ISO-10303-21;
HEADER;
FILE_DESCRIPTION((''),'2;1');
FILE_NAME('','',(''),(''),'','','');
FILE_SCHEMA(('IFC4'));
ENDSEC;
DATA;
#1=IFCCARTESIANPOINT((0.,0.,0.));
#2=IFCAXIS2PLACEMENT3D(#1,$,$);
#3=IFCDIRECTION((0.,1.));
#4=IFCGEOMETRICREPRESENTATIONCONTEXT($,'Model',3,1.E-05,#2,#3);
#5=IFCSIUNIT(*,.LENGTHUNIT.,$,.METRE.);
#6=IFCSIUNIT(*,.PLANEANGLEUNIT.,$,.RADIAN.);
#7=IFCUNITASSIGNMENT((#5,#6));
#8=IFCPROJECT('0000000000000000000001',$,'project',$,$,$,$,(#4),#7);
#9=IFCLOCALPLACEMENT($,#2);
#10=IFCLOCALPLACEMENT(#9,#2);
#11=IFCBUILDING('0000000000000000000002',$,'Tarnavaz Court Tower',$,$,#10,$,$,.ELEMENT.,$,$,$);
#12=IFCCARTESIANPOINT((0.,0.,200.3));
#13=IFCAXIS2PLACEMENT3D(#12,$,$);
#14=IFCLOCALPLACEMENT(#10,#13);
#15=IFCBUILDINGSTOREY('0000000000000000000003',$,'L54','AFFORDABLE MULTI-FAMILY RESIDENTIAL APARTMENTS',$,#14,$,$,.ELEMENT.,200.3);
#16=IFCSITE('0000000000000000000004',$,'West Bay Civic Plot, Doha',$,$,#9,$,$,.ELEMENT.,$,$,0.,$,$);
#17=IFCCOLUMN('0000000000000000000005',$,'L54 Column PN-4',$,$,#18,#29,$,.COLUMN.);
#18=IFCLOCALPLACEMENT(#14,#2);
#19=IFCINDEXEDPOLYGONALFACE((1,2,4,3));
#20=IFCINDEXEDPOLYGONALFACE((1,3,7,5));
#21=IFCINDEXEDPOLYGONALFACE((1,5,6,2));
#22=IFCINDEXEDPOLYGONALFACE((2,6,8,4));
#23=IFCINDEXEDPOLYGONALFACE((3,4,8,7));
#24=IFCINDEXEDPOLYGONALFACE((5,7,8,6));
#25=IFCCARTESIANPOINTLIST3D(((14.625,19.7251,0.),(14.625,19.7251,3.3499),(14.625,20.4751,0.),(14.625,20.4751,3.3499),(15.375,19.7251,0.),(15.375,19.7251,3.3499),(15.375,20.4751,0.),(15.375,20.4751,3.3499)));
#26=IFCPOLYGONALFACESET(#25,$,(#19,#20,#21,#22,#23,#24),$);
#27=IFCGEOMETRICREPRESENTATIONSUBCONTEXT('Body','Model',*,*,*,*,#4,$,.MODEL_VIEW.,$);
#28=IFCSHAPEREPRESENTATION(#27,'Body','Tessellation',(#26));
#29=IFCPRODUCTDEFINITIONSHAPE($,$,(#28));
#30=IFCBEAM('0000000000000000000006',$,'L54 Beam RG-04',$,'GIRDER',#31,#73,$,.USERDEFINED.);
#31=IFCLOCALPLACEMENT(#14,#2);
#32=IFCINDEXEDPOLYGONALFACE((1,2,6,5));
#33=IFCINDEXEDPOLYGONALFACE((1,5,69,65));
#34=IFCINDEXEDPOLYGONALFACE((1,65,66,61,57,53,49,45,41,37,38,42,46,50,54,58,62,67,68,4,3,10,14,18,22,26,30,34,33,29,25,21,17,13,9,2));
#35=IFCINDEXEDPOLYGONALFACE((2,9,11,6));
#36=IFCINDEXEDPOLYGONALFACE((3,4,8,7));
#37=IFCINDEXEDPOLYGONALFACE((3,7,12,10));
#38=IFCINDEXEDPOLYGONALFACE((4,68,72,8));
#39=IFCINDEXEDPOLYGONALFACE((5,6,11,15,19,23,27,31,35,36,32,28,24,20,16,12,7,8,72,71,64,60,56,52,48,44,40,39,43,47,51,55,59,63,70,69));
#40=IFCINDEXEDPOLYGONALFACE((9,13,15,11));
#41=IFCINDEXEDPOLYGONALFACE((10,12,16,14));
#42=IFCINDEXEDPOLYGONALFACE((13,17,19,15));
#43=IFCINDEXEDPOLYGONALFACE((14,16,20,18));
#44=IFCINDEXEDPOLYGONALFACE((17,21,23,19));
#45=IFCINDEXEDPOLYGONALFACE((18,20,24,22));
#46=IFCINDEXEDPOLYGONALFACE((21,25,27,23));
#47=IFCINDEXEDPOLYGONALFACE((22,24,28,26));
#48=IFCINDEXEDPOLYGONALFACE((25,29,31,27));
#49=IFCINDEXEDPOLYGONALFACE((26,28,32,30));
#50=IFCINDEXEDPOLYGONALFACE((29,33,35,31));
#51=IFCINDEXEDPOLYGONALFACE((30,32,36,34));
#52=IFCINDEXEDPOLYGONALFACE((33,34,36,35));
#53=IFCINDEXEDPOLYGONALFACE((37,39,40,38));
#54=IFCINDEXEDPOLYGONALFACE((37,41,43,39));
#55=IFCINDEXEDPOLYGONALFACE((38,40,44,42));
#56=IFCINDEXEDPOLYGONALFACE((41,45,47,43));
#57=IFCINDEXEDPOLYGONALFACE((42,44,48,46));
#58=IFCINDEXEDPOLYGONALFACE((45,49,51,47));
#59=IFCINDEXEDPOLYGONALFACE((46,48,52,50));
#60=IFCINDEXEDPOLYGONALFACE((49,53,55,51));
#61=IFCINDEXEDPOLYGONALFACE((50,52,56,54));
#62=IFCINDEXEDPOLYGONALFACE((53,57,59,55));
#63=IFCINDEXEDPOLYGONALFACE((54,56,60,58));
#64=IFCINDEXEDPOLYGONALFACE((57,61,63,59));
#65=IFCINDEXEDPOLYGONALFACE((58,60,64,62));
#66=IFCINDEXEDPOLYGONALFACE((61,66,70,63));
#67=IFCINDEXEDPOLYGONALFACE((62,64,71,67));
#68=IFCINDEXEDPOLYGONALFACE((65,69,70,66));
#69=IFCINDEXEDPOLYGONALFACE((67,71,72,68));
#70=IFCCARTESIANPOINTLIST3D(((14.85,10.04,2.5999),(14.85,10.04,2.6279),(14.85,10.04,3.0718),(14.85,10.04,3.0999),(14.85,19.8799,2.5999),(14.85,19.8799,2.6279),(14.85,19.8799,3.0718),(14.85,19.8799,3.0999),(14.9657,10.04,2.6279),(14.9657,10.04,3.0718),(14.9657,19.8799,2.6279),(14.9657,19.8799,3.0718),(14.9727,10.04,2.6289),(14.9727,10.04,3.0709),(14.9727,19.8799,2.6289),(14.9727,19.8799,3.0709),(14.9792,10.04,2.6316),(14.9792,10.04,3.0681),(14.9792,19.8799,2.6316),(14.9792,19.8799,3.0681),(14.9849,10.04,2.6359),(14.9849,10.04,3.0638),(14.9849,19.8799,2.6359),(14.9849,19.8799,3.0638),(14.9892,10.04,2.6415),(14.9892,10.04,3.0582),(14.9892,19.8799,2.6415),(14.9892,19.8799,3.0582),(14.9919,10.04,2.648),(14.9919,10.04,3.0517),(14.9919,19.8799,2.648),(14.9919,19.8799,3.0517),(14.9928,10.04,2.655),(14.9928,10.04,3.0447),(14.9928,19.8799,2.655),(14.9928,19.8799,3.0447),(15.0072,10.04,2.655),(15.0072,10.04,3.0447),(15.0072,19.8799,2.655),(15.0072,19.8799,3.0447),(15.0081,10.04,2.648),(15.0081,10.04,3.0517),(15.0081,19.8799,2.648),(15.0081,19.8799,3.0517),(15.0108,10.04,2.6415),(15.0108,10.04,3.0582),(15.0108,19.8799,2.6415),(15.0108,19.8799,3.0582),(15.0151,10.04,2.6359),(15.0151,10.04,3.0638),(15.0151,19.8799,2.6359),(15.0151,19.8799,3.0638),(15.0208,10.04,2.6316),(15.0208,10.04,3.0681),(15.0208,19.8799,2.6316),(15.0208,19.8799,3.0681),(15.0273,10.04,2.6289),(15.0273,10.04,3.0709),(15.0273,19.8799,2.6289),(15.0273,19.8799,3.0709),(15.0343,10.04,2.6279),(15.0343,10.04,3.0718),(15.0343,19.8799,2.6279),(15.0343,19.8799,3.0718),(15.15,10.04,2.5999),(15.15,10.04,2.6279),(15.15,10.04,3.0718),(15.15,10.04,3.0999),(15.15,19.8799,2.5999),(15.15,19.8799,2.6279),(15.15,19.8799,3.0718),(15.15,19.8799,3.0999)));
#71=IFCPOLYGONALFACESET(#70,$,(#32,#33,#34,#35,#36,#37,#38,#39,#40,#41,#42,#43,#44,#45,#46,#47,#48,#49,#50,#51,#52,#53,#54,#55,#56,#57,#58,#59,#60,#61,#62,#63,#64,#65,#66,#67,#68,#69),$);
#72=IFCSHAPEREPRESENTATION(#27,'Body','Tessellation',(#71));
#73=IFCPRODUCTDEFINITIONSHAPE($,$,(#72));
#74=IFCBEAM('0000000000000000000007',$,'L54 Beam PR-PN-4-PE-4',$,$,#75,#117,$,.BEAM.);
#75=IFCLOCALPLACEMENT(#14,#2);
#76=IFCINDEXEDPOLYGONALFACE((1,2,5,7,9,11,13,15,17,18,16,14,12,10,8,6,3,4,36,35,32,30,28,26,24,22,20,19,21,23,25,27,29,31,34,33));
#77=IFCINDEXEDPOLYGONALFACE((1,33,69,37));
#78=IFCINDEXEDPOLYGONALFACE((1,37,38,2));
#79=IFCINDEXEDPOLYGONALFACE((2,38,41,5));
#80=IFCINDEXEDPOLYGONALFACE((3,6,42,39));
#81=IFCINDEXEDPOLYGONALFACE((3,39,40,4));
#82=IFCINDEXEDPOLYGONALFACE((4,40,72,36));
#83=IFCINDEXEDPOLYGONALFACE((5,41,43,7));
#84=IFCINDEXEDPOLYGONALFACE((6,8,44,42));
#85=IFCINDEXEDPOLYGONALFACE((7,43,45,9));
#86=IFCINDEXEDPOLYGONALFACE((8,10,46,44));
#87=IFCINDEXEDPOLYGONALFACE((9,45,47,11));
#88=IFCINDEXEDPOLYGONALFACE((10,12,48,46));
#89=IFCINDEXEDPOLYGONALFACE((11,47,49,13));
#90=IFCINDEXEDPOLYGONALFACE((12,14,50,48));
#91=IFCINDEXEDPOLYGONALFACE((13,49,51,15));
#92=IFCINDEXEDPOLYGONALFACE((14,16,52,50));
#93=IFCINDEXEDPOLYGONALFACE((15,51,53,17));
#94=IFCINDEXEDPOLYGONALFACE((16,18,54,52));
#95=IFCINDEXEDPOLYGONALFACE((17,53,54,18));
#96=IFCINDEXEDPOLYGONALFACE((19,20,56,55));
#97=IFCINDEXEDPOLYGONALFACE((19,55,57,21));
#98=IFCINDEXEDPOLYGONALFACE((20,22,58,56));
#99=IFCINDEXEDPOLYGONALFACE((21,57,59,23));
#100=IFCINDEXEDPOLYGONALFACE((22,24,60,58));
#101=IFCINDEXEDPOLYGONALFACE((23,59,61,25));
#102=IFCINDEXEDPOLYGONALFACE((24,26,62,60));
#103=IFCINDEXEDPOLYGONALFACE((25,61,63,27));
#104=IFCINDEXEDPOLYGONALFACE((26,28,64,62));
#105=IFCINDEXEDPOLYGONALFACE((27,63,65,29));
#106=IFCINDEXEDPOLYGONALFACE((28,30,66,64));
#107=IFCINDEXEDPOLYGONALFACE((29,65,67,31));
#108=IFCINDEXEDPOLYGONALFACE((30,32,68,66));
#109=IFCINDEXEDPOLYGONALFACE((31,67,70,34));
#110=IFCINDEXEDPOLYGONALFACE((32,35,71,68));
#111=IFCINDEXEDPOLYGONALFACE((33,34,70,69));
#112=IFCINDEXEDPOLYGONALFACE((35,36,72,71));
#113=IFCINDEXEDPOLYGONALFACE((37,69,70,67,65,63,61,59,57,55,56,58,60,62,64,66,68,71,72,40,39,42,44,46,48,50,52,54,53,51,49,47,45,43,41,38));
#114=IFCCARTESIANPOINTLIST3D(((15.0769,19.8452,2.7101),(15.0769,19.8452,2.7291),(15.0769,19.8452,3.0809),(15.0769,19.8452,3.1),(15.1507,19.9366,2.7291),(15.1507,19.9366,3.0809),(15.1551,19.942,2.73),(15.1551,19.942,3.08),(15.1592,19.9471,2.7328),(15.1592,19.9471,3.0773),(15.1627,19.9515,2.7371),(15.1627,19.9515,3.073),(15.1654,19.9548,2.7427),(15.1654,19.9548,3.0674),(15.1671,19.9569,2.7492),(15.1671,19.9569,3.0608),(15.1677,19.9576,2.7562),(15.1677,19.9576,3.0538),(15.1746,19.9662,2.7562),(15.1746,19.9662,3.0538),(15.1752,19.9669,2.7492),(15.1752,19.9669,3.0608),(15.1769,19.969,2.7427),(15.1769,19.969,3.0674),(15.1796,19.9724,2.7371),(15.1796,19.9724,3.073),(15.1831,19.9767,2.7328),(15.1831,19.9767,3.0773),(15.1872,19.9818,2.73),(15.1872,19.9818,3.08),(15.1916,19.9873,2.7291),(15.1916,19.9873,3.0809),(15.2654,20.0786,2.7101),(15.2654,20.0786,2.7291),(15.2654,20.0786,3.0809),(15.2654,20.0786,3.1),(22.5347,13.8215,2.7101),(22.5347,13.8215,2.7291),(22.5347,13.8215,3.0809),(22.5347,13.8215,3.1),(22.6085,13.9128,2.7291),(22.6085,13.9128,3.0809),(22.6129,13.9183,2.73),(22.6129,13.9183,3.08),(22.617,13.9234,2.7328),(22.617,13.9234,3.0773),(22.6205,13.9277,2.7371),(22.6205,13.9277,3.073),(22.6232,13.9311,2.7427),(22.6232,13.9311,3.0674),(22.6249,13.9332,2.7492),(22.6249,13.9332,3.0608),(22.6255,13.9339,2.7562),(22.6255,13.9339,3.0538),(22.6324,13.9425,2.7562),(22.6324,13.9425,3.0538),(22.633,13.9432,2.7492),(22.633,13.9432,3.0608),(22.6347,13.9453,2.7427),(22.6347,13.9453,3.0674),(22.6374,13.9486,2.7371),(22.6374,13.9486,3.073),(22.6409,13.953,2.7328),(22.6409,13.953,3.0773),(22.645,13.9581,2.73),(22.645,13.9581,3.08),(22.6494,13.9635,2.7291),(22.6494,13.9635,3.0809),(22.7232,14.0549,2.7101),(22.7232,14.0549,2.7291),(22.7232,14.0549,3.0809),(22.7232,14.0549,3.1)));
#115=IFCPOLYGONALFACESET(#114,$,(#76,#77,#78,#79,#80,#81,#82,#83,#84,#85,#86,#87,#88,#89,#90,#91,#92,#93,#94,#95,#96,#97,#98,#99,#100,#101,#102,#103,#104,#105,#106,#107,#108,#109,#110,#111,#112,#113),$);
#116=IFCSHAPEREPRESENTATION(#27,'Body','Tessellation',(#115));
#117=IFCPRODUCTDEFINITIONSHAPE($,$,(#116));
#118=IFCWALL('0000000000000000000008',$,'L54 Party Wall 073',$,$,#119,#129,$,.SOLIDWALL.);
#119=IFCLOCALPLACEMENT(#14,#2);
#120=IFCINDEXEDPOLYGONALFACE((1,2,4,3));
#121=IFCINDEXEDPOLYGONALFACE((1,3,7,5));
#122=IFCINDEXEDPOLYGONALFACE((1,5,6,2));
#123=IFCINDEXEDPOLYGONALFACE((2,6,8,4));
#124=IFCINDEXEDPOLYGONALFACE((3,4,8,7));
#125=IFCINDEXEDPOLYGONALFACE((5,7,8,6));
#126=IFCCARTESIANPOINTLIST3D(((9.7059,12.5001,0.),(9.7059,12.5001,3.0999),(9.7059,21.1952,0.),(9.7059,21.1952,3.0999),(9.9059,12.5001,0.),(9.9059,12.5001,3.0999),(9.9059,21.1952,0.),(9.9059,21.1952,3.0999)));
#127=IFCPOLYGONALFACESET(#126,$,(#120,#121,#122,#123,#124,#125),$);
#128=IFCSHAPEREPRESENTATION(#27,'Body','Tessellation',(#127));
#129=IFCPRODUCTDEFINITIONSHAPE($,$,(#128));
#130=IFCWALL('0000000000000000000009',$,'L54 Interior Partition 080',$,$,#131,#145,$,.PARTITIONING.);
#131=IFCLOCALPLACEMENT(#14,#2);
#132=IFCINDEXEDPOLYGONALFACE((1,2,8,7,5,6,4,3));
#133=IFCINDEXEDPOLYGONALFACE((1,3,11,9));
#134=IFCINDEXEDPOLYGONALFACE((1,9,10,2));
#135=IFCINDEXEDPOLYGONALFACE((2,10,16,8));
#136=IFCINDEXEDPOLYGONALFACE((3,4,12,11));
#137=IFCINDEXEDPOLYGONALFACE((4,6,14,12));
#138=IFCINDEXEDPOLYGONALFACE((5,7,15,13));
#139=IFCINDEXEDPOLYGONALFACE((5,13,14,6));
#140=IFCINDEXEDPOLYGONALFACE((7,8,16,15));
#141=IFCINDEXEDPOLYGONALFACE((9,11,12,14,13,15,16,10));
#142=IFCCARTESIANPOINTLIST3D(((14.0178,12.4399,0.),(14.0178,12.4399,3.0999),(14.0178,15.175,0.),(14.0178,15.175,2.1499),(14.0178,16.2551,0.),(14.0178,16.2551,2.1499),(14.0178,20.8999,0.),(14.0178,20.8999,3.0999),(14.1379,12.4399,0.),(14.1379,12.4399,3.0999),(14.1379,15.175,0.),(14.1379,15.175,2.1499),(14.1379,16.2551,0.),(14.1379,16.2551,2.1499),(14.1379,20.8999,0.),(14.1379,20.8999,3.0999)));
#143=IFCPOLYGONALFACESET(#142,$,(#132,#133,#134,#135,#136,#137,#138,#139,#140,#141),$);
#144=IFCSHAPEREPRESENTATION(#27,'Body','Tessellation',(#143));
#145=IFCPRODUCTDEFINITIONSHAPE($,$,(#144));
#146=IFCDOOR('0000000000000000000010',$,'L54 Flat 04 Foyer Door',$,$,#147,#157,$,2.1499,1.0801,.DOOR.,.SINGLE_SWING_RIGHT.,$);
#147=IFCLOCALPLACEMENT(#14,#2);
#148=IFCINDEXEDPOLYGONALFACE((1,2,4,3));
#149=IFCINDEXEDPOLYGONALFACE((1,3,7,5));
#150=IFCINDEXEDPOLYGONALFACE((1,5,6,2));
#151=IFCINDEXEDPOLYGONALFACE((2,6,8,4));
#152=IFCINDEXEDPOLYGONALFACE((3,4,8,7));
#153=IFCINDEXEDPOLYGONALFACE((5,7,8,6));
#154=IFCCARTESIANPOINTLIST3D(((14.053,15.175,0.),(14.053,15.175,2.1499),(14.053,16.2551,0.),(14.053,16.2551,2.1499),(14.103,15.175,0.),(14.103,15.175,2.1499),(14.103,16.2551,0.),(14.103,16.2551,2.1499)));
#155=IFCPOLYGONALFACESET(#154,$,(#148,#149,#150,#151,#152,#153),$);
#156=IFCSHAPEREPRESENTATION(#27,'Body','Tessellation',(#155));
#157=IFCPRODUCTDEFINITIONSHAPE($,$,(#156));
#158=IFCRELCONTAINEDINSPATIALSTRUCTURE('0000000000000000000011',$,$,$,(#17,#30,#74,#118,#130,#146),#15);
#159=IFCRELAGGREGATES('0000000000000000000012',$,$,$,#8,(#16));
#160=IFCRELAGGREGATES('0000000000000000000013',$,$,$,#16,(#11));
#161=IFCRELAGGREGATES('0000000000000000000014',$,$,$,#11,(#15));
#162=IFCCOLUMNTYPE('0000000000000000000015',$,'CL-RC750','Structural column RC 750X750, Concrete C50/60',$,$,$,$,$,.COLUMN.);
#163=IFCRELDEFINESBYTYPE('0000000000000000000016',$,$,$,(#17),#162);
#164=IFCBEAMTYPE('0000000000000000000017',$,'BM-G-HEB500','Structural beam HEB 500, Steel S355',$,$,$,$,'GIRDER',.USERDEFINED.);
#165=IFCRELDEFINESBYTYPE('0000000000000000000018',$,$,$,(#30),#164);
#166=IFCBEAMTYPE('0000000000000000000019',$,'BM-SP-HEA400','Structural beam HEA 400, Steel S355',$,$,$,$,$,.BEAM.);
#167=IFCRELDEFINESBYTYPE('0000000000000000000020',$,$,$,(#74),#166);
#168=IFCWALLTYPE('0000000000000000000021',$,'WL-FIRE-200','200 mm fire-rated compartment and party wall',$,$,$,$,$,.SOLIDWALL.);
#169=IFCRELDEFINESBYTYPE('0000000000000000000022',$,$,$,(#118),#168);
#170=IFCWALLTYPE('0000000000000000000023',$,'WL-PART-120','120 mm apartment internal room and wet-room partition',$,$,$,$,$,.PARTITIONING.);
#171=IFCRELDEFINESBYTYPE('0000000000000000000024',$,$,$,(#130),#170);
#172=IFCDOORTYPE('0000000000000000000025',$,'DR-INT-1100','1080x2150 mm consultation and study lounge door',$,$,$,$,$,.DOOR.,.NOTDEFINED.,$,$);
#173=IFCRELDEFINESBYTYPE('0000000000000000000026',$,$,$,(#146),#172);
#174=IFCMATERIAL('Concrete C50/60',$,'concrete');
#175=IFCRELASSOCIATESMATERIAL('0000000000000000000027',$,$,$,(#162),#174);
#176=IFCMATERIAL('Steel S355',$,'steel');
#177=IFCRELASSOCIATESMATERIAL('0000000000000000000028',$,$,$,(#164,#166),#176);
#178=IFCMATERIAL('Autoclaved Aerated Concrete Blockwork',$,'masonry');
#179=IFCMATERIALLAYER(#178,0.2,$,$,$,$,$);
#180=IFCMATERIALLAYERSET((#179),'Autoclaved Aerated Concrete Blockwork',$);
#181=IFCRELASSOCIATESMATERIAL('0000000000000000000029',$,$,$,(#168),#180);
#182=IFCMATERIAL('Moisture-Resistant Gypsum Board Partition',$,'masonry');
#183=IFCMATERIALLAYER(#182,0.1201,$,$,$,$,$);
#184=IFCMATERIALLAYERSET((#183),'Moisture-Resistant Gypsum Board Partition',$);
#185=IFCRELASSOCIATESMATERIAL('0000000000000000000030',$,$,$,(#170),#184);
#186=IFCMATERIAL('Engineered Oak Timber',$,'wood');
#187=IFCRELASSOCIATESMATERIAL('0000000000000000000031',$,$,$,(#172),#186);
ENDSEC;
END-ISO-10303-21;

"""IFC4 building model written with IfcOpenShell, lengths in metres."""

from ifc_helpers import new_model, si_unit, direction, frame, frame_2d, origin, origin_2d, place, context, subcontext, project, spatial, rectangle, i_section, extrude, material, layer, layer_set, material_profile, profile_set, type_object, element, fill, save


model = new_model("IFC4")

# Units and contexts
model_context = context("Model", 3, precision=1e-05, world=origin(), true_north=direction((0.0, 1.0)))
body_context = subcontext(model_context, "Body", "Model", "MODEL_VIEW")
ifc_project = project(units=[si_unit("LENGTHUNIT", "METRE"), si_unit("PLANEANGLEUNIT", "RADIAN")], contexts=[model_context])

# Site, building, storey
site_placement = place(None, origin())
site = spatial("IfcSite", under=ifc_project, at=site_placement, Name="West Bay Civic Plot, Doha", CompositionType="ELEMENT", RefElevation=0.0)
building_placement = place(site_placement, origin())
building = spatial("IfcBuilding", under=site, at=building_placement, Name="Tarnavaz Court Tower", CompositionType="ELEMENT")
storey_placement = place(building_placement, frame((0.0, 0.0, 200.3)))
storey = spatial("IfcBuildingStorey", under=building, at=storey_placement, Name="L54", Description="AFFORDABLE MULTI-FAMILY RESIDENTIAL APARTMENTS", CompositionType="ELEMENT", Elevation=200.3)

# Column
ifc_material_1 = material(Name="Concrete C50/60", Category="concrete")
ifc_material_profile_1 = material_profile(ifc_material_1, rectangle(XDim=0.75, YDim=0.75, at=origin_2d()), Name="RC 750X750")
ifc_profile_set_1 = profile_set([ifc_material_profile_1], Name="Concrete C50/60")
column_type = type_object("IfcColumnType", Name="CL-RC750", Description="Structural column RC 750X750, Concrete C50/60", PredefinedType="COLUMN", material=ifc_profile_set_1)
column_placement = place(storey_placement, frame((15.0, 20.1001, 0.0), z_axis=(0.0, 0.0, 1.0), x_axis=(1.0, 0.0, 0.0)))
element("IfcColumn", 1, at=column_placement, inside=storey, type_object=column_type, Name="L54 Column PN-4", PredefinedType="COLUMN", context=body_context, shape_type="SweptSolid", body=[
    extrude(rectangle(XDim=0.75, YDim=0.75, at=origin_2d()), origin(), (0.0, 0.0, 1.0), 3.3499),
])

# Beams
ifc_material_2 = material(Name="Steel S355", Category="steel")
ifc_material_profile_2 = material_profile(ifc_material_2, i_section(OverallWidth=0.3, OverallDepth=0.5, WebThickness=0.0144, FlangeThickness=0.0281, FilletRadius=0.0271, at=origin_2d()), Name="HEB 500")
ifc_profile_set_2 = profile_set([ifc_material_profile_2], Name="Steel S355")
beam_type_1 = type_object("IfcBeamType", Name="BM-G-HEB500", Description="Structural beam HEB 500, Steel S355", ElementType="GIRDER", PredefinedType="USERDEFINED", material=ifc_profile_set_2)
beam_1_placement = place(storey_placement, frame((15.0, 10.04, 2.8499), z_axis=(0.0, 1.0, 0.0), x_axis=(-1.0, 0.0, 0.0)))
element("IfcBeam", 2, at=beam_1_placement, inside=storey, type_object=beam_type_1, Name="L54 Beam RG-04", ObjectType="GIRDER", PredefinedType="USERDEFINED", context=body_context, shape_type="SweptSolid", body=[
    extrude(i_section(OverallWidth=0.3, OverallDepth=0.5, WebThickness=0.0144, FlangeThickness=0.0281, FilletRadius=0.0271, at=origin_2d()), origin(), (0.0, 0.0, 1.0), 9.8398),
])
ifc_material_profile_3 = material_profile(ifc_material_2, i_section(OverallWidth=0.3, OverallDepth=0.3899, WebThickness=0.011, FlangeThickness=0.019, FilletRadius=0.0271, at=origin_2d()), Name="HEA 400")
ifc_profile_set_3 = profile_set([ifc_material_profile_3], Name="Steel S355")
beam_type_2 = type_object("IfcBeamType", Name="BM-SP-HEA400", Description="Structural beam HEA 400, Steel S355", PredefinedType="BEAM", material=ifc_profile_set_3)
beam_2_placement = place(storey_placement, frame((15.1711, 19.9619, 2.905), z_axis=(0.777936, -0.628344, 0.0), x_axis=(0.628344, 0.777936, 0.0)))
element("IfcBeam", 3, at=beam_2_placement, inside=storey, type_object=beam_type_2, Name="L54 Beam PR-PN-4-PE-4", PredefinedType="BEAM", context=body_context, shape_type="SweptSolid", body=[
    extrude(i_section(OverallWidth=0.3, OverallDepth=0.3899, WebThickness=0.011, FlangeThickness=0.019, FilletRadius=0.0271, at=origin_2d()), origin(), (0.0, 0.0, 1.0), 9.5867),
])

# Wall
ifc_material_3 = material(Name="Autoclaved Aerated Concrete Blockwork", Category="masonry")
ifc_layer_1 = layer(ifc_material_3, 0.2)
ifc_layer_set_1 = layer_set([ifc_layer_1], Name="Autoclaved Aerated Concrete Blockwork")
wall_type_1 = type_object("IfcWallType", Name="WL-FIRE-200", Description="200 mm fire-rated compartment and party wall", PredefinedType="SOLIDWALL", material=ifc_layer_set_1)
wall_1_placement = place(storey_placement, frame((9.8059, 12.5, 0.0), z_axis=(0.0, 0.0, 1.0), x_axis=(0.0, 1.0, 0.0)))
element("IfcWall", 4, at=wall_1_placement, inside=storey, type_object=wall_type_1, Name="L54 Party Wall 073", PredefinedType="SOLIDWALL", context=body_context, shape_type="SweptSolid", body=[
    extrude(rectangle(XDim=8.6951, YDim=0.2, at=frame_2d((4.3477, 0.0))), origin(), (0.0, 0.0, 1.0), 3.0999),
])

# Wall, opening, door
ifc_material_4 = material(Name="Moisture-Resistant Gypsum Board Partition", Category="masonry")
ifc_layer_2 = layer(ifc_material_4, 0.1201)
ifc_layer_set_2 = layer_set([ifc_layer_2], Name="Moisture-Resistant Gypsum Board Partition")
wall_type_2 = type_object("IfcWallType", Name="WL-PART-120", Description="120 mm apartment internal room and wet-room partition", PredefinedType="PARTITIONING", material=ifc_layer_set_2)
wall_2_placement = place(storey_placement, frame((14.0779, 12.4399, 0.0), z_axis=(0.0, 0.0, 1.0), x_axis=(0.0, 1.0, 0.0)))
wall_2 = element("IfcWall", 5, at=wall_2_placement, inside=storey, type_object=wall_type_2, Name="L54 Interior Partition 080", PredefinedType="PARTITIONING", context=body_context, shape_type="SweptSolid", body=[
    extrude(rectangle(XDim=8.46, YDim=0.1201, at=frame_2d((4.23, 0.0))), origin(), (0.0, 0.0, 1.0), 3.0999),
])
opening_1_placement = place(wall_2_placement, frame((2.7351, 0.0, 0.0)))
opening_1 = element("IfcOpeningElement", 6, at=opening_1_placement, cuts=wall_2, PredefinedType="OPENING", context=body_context, shape_type="SweptSolid", body=[
    extrude(rectangle(XDim=1.0801, YDim=2.1499, at=frame_2d((0.54, 1.075))), frame((0.0, 0.0701, 0.0), z_axis=(0.0, -1.0, 0.0), x_axis=(1.0, 0.0, 0.0)), (0.0, 0.0, 1.0), 0.1401),
])
ifc_material_5 = material(Name="Engineered Oak Timber", Category="wood")
door_type_1 = type_object("IfcDoorType", Name="DR-INT-1100", Description="1080x2150 mm consultation and study lounge door", OperationType="NOTDEFINED", PredefinedType="DOOR", material=ifc_material_5)
door_1_placement = place(opening_1_placement, origin())
door_1 = element("IfcDoor", 7, at=door_1_placement, inside=storey, type_object=door_type_1, Name="L54 Flat 04 Foyer Door", OperationType="SINGLE_SWING_RIGHT", OverallHeight=2.1499, OverallWidth=1.0801, PredefinedType="DOOR", context=body_context, shape_type="SweptSolid", body=[
    extrude(rectangle(XDim=1.0801, YDim=2.1499, at=frame_2d((0.54, 1.075))), frame((0.0, 0.0249, 0.0), z_axis=(0.0, -1.0, 0.0), x_axis=(1.0, 0.0, 0.0)), (0.0, 0.0, 1.0), 0.05),
])
fill(opening_1, door_1)

save(model, "model.ifc")
